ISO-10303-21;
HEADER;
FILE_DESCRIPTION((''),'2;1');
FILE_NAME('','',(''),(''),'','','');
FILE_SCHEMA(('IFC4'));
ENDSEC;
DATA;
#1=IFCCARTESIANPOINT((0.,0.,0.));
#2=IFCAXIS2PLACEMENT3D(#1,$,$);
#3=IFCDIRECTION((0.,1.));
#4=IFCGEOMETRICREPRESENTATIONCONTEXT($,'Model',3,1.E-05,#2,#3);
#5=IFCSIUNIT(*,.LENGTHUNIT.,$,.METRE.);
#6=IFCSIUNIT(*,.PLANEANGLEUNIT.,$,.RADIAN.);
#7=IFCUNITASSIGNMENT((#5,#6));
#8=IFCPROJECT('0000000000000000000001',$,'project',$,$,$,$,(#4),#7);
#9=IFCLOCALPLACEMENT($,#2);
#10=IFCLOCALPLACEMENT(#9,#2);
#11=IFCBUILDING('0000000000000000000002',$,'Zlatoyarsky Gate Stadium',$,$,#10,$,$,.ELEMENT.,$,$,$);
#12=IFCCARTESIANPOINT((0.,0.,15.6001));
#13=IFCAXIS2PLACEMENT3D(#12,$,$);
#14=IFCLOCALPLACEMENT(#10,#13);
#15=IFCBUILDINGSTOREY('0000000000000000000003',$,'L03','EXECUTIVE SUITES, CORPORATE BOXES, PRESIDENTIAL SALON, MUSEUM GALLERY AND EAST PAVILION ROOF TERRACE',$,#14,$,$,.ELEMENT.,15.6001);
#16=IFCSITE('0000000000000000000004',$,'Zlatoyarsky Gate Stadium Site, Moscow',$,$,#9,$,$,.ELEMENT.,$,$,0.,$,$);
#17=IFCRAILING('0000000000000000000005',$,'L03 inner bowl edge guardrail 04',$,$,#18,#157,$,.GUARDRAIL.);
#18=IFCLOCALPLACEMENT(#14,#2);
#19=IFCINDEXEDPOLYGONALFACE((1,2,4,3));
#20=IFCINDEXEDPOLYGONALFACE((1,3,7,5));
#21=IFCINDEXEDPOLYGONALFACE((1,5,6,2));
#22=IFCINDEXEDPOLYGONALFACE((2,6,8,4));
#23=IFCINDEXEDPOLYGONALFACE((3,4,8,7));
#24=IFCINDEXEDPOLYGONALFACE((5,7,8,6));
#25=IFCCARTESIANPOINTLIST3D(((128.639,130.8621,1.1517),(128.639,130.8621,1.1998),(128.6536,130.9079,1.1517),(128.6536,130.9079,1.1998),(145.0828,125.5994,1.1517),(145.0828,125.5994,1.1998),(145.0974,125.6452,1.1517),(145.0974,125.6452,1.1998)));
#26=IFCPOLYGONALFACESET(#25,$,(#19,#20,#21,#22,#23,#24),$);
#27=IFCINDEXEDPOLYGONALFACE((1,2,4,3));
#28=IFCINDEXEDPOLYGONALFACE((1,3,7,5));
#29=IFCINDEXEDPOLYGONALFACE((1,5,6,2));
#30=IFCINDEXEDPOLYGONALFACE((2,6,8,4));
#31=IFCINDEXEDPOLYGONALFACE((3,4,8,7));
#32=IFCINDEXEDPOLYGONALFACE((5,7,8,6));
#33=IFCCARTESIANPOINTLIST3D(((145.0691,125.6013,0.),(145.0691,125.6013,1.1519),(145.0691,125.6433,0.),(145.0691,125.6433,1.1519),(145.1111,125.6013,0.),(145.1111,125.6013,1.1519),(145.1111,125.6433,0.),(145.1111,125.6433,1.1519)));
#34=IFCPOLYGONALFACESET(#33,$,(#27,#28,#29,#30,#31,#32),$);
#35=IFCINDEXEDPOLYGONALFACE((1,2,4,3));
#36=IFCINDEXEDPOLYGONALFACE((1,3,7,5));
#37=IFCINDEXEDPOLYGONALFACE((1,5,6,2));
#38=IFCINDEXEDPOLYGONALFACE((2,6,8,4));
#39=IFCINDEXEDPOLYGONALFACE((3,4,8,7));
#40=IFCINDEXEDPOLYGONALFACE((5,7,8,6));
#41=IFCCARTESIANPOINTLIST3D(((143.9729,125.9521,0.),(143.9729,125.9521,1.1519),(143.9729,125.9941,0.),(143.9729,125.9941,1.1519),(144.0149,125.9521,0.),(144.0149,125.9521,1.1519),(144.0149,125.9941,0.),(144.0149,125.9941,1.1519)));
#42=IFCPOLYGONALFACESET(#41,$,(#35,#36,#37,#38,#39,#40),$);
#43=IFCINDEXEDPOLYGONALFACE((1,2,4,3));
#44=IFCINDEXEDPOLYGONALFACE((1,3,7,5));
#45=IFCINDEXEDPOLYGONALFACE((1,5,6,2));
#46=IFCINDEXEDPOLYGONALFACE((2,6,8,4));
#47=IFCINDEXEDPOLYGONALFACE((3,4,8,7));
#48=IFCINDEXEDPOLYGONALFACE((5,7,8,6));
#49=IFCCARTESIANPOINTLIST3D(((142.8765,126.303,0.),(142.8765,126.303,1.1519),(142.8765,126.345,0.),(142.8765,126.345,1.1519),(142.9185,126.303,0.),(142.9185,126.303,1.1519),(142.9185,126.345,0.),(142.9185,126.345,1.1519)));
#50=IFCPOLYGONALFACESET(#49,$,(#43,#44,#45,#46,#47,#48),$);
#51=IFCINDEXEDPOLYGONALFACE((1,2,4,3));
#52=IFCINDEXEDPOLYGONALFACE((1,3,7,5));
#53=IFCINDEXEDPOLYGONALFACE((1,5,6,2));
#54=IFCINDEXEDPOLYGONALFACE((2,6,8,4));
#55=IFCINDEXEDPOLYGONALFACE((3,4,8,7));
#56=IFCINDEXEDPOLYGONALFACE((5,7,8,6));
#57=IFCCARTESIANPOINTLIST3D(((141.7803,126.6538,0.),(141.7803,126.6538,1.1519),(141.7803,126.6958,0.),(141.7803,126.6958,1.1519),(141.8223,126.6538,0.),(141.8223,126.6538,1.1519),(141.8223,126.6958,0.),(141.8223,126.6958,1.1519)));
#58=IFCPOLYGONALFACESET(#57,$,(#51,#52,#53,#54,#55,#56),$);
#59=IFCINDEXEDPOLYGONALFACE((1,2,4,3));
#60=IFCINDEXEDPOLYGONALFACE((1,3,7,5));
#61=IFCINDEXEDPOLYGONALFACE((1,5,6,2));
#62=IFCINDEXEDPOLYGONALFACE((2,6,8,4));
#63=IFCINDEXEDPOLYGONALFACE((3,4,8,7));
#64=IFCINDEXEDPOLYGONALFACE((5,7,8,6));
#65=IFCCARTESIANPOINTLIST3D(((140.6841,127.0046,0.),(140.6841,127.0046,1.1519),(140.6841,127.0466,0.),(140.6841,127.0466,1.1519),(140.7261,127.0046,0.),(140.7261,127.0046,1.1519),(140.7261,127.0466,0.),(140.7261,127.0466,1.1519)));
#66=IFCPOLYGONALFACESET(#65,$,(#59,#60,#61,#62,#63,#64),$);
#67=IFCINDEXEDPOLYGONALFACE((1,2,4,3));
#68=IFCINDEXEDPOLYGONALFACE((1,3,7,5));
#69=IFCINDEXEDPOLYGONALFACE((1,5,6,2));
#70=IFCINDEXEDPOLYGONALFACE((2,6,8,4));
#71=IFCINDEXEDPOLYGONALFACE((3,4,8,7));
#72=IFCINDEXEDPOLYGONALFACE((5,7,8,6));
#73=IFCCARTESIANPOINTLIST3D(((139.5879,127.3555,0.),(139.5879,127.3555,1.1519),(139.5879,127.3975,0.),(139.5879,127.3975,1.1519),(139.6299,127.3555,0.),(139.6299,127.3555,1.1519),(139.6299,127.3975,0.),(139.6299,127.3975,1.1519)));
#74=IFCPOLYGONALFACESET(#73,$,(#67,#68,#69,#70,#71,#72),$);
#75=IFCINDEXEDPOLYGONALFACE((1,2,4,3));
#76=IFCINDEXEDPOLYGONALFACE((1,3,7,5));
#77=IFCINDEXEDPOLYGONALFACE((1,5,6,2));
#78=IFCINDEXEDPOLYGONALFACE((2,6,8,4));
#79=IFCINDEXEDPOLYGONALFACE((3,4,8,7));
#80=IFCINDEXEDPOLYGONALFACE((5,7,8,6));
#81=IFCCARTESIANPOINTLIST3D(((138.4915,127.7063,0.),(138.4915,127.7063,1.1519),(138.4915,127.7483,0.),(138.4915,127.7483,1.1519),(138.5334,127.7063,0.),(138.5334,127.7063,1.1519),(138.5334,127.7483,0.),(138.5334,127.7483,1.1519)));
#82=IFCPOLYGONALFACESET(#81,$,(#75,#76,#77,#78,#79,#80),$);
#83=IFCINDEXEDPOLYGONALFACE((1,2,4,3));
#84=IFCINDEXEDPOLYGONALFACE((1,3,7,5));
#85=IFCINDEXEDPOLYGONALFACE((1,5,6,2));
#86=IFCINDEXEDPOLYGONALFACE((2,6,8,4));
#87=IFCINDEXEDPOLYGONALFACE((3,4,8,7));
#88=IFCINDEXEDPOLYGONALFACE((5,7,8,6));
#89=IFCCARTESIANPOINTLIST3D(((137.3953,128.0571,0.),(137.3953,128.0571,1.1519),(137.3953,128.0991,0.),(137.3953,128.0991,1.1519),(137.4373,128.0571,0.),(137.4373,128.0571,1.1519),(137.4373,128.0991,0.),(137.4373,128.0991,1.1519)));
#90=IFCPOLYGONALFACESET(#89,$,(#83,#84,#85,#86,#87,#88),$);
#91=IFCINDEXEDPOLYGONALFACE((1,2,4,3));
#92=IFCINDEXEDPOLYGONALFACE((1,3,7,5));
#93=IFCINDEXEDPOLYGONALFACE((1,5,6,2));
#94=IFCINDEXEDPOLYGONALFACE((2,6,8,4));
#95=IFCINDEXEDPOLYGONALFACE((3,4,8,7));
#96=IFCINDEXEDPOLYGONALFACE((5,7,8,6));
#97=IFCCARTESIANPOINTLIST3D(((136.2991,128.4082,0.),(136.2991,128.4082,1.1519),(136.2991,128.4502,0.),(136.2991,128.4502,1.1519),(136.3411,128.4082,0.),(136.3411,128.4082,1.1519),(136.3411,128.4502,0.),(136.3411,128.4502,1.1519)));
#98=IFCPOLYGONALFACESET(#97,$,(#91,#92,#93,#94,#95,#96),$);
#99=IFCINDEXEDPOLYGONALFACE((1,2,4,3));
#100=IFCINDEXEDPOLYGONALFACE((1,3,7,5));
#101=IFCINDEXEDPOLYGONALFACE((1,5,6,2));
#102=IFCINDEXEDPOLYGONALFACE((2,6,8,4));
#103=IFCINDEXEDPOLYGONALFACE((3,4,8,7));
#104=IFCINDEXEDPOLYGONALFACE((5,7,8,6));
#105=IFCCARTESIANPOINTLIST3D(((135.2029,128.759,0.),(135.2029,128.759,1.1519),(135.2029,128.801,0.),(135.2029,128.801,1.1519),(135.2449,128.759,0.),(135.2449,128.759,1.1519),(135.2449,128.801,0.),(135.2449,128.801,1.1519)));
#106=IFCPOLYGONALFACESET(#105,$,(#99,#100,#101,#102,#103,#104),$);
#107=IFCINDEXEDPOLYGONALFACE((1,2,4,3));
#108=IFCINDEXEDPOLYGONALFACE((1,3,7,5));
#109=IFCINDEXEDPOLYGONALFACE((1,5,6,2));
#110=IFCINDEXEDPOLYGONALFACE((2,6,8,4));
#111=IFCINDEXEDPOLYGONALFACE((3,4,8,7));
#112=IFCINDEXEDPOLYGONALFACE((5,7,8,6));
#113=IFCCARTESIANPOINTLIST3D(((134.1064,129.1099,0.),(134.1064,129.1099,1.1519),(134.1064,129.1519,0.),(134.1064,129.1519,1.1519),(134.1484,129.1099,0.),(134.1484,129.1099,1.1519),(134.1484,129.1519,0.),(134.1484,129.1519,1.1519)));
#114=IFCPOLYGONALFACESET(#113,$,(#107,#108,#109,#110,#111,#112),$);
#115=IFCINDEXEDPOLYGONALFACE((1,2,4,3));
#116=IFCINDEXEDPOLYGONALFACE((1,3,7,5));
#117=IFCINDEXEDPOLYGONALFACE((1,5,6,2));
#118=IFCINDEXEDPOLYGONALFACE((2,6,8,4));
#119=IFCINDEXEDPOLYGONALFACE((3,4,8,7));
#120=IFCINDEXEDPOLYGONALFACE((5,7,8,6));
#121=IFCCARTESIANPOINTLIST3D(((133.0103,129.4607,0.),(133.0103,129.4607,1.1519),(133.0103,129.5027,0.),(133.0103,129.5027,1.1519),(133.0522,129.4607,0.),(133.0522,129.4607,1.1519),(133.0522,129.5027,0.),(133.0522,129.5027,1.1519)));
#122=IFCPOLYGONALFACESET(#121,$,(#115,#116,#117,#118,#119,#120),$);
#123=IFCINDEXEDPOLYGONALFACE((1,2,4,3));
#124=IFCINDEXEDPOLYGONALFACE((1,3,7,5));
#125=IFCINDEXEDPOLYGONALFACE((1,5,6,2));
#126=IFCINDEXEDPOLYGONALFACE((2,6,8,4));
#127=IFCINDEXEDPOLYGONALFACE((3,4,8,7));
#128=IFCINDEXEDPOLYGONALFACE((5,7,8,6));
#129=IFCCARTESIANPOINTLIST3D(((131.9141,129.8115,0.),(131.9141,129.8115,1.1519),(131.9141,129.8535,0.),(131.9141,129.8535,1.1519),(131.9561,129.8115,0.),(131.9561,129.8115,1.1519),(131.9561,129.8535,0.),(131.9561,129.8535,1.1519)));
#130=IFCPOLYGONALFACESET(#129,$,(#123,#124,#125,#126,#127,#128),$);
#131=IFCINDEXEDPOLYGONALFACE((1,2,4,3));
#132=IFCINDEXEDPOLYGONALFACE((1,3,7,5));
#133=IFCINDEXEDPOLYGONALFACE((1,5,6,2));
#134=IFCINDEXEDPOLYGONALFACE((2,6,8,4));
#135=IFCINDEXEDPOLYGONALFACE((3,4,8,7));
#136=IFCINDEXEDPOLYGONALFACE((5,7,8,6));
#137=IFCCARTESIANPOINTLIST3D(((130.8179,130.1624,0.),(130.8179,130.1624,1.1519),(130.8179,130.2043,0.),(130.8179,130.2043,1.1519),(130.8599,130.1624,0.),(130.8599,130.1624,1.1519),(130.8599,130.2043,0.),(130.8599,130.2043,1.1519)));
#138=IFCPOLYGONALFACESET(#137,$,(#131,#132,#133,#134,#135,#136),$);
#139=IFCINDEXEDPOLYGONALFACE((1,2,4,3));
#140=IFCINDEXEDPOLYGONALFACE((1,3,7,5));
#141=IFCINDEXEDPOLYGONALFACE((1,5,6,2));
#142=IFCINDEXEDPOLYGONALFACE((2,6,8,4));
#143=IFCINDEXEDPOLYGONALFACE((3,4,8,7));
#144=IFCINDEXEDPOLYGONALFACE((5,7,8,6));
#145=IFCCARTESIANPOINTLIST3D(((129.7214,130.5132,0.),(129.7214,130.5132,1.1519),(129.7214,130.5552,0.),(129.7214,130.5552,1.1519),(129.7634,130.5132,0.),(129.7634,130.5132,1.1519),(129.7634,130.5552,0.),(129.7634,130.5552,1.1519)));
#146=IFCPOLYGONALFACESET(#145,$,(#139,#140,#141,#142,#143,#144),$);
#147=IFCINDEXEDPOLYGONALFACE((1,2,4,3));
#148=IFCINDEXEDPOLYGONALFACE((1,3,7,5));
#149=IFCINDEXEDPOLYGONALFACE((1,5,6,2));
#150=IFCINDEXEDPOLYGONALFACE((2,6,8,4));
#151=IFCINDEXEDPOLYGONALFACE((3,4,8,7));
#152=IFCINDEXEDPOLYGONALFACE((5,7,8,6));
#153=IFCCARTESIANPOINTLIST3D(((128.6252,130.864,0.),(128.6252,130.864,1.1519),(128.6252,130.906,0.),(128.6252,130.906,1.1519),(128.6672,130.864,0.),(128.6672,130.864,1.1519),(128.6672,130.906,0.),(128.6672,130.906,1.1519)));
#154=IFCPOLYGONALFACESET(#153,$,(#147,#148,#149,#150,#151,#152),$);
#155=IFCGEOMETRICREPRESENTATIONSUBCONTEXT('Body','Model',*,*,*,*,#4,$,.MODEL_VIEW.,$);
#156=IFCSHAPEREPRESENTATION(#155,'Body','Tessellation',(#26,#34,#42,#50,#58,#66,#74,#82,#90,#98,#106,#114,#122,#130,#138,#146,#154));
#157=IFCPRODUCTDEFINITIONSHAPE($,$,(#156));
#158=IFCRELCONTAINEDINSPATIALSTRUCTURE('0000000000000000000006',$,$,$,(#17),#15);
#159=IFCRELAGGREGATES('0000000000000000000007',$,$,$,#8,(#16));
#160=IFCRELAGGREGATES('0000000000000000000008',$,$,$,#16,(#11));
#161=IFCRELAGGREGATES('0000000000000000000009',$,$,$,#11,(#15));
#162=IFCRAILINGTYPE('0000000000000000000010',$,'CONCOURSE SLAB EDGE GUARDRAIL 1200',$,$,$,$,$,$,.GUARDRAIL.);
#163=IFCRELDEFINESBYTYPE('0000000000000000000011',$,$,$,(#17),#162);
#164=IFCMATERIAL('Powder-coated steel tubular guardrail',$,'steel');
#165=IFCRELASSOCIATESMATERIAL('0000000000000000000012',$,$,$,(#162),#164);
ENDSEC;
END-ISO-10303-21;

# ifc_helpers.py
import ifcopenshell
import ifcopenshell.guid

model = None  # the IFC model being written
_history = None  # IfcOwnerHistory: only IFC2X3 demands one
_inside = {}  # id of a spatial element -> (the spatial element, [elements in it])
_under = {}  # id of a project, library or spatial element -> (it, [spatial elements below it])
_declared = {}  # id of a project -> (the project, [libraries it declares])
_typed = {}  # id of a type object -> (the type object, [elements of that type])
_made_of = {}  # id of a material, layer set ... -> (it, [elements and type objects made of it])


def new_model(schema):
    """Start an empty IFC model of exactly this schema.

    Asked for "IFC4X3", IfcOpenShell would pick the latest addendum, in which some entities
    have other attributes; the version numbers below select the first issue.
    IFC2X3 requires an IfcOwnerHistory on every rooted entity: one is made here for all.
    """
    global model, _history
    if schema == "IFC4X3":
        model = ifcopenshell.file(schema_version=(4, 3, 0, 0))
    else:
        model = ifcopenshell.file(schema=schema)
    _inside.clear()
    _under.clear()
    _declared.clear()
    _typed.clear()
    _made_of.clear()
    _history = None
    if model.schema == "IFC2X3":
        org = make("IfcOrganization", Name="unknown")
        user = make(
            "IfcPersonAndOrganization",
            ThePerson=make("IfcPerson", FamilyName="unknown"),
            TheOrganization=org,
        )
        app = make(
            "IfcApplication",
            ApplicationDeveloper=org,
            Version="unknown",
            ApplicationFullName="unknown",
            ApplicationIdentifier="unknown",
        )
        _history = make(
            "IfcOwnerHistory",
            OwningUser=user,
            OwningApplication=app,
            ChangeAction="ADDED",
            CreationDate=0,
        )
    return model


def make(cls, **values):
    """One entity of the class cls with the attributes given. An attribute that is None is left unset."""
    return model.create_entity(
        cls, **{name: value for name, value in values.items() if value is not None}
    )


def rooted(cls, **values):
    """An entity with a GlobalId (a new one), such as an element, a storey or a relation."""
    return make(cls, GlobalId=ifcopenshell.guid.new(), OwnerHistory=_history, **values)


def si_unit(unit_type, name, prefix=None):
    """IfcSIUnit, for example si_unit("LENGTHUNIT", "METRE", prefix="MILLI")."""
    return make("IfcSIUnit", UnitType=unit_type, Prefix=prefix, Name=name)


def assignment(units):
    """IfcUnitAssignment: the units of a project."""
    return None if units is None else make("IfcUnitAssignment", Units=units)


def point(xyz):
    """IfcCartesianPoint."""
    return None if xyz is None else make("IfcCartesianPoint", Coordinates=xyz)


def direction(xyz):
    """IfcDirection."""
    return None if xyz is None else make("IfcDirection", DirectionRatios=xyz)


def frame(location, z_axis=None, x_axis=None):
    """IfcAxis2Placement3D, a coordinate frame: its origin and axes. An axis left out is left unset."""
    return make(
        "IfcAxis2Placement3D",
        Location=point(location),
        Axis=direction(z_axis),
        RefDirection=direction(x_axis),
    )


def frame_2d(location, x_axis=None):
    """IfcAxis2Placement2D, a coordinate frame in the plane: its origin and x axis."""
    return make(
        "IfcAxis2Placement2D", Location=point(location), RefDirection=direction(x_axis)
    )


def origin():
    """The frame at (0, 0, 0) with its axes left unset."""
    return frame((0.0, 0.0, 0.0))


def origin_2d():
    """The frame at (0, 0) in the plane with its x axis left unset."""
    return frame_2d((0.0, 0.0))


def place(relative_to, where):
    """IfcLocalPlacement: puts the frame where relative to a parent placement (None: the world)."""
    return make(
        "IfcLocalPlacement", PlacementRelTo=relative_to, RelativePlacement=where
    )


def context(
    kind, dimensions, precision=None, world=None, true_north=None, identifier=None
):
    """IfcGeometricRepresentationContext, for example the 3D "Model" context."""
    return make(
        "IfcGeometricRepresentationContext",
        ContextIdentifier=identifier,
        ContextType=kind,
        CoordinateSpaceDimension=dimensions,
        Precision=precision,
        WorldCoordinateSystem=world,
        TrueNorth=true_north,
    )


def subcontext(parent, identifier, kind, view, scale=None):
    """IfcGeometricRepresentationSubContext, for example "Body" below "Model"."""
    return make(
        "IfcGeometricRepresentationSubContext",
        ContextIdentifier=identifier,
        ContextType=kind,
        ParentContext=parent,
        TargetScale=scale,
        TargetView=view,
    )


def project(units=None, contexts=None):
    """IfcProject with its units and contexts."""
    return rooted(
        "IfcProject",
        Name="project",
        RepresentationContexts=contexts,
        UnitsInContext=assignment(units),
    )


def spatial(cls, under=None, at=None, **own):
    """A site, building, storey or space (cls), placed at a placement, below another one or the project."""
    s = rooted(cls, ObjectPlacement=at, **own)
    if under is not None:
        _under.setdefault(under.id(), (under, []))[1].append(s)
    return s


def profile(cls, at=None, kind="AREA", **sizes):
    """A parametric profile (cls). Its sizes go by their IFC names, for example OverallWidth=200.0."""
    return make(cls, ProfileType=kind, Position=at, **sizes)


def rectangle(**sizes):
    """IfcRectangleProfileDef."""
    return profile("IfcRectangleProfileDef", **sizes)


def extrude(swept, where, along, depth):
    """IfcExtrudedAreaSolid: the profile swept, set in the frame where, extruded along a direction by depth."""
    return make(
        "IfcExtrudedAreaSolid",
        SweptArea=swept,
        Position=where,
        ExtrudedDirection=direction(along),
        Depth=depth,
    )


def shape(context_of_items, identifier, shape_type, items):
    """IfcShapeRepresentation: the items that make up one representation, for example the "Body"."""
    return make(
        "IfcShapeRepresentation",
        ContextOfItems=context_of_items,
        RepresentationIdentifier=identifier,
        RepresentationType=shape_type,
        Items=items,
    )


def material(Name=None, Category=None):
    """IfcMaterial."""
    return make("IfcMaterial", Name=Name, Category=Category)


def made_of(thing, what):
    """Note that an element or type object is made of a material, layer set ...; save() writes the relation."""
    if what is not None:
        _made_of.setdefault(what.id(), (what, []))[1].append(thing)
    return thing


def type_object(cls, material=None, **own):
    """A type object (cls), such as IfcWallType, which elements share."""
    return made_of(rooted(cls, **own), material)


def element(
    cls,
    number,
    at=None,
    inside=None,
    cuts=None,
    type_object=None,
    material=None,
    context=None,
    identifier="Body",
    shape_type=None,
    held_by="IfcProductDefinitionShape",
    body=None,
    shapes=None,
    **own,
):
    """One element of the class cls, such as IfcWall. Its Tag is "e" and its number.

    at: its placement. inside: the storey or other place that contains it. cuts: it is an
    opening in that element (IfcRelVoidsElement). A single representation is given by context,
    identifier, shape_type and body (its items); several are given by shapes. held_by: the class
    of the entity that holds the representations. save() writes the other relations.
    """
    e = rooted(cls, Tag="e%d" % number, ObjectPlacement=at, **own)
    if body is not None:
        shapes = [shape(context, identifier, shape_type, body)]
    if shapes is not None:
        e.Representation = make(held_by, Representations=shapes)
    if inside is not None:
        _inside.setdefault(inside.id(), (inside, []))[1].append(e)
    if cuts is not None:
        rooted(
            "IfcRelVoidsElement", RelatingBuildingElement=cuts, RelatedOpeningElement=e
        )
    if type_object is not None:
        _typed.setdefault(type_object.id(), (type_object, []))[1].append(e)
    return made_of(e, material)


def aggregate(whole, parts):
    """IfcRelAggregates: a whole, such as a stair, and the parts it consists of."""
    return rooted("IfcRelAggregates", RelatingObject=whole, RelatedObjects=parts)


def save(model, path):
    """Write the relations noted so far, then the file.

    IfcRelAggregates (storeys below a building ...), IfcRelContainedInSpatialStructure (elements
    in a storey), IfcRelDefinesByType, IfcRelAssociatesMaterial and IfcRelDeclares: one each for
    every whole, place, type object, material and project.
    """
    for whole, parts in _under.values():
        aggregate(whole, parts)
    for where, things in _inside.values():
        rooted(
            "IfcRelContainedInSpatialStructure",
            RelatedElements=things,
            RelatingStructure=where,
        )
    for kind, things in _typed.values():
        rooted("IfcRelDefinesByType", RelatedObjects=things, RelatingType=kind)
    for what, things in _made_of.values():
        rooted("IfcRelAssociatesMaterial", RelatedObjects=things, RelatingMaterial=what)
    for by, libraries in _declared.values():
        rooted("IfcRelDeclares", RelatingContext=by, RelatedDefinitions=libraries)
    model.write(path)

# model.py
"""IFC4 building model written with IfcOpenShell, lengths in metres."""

from ifc_helpers import new_model, si_unit, direction, frame, origin, origin_2d, place, context, subcontext, project, spatial, rectangle, extrude, material, type_object, element, save


model = new_model("IFC4")

# Units and contexts
model_context = context("Model", 3, precision=1e-05, world=origin(), true_north=direction((0.0, 1.0)))
body_context = subcontext(model_context, "Body", "Model", "MODEL_VIEW")
ifc_project = project(units=[si_unit("LENGTHUNIT", "METRE"), si_unit("PLANEANGLEUNIT", "RADIAN")], contexts=[model_context])

# Site, building, storey
site_placement = place(None, origin())
site = spatial("IfcSite", under=ifc_project, at=site_placement, Name="Zlatoyarsky Gate Stadium Site, Moscow", CompositionType="ELEMENT", RefElevation=0.0)
building_placement = place(site_placement, origin())
building = spatial("IfcBuilding", under=site, at=building_placement, Name="Zlatoyarsky Gate Stadium", CompositionType="ELEMENT")
storey_placement = place(building_placement, frame((0.0, 0.0, 15.6001)))
storey = spatial("IfcBuildingStorey", under=building, at=storey_placement, Name="L03", Description="EXECUTIVE SUITES, CORPORATE BOXES, PRESIDENTIAL SALON, MUSEUM GALLERY AND EAST PAVILION ROOF TERRACE", CompositionType="ELEMENT", Elevation=15.6001)

# Railing
ifc_material_1 = material(Name="Powder-coated steel tubular guardrail", Category="steel")
railing_type = type_object("IfcRailingType", Name="CONCOURSE SLAB EDGE GUARDRAIL 1200", PredefinedType="GUARDRAIL", material=ifc_material_1)
railing_1_placement = place(storey_placement, frame((145.0901, 125.6223, 0.0)))
element("IfcRailing", 1, at=railing_1_placement, inside=storey, type_object=railing_type, Name="L03 inner bowl edge guardrail 04", PredefinedType="GUARDRAIL", context=body_context, shape_type="SweptSolid", body=[
    extrude(rectangle(XDim=0.0481, YDim=0.0481, at=origin_2d()), frame((0.0, 0.0, 1.1758), z_axis=(-0.952413, 0.304811, 0.0), x_axis=(-0.304811, -0.952413, 0.0)), (0.0, 0.0, 1.0), 17.2654),
    extrude(rectangle(XDim=0.042, YDim=0.042, at=origin_2d()), origin(), (0.0, 0.0, 1.0), 1.1519),
    extrude(rectangle(XDim=0.042, YDim=0.042, at=origin_2d()), frame((-1.0962, 0.3508, 0.0)), (0.0, 0.0, 1.0), 1.1519),
    extrude(rectangle(XDim=0.042, YDim=0.042, at=origin_2d()), frame((-2.1926, 0.7017, 0.0)), (0.0, 0.0, 1.0), 1.1519),
    extrude(rectangle(XDim=0.042, YDim=0.042, at=origin_2d()), frame((-3.2888, 1.0525, 0.0)), (0.0, 0.0, 1.0), 1.1519),
    extrude(rectangle(XDim=0.042, YDim=0.042, at=origin_2d()), frame((-4.385, 1.4033, 0.0)), (0.0, 0.0, 1.0), 1.1519),
    extrude(rectangle(XDim=0.042, YDim=0.042, at=origin_2d()), frame((-5.4812, 1.7542, 0.0)), (0.0, 0.0, 1.0), 1.1519),
    extrude(rectangle(XDim=0.042, YDim=0.042, at=origin_2d()), frame((-6.5776, 2.105, 0.0)), (0.0, 0.0, 1.0), 1.1519),
    extrude(rectangle(XDim=0.042, YDim=0.042, at=origin_2d()), frame((-7.6738, 2.4558, 0.0)), (0.0, 0.0, 1.0), 1.1519),
    extrude(rectangle(XDim=0.042, YDim=0.042, at=origin_2d()), frame((-8.77, 2.8069, 0.0)), (0.0, 0.0, 1.0), 1.1519),
    extrude(rectangle(XDim=0.042, YDim=0.042, at=origin_2d()), frame((-9.8662, 3.1577, 0.0)), (0.0, 0.0, 1.0), 1.1519),
    extrude(rectangle(XDim=0.042, YDim=0.042, at=origin_2d()), frame((-10.9626, 3.5085, 0.0)), (0.0, 0.0, 1.0), 1.1519),
    extrude(rectangle(XDim=0.042, YDim=0.042, at=origin_2d()), frame((-12.0588, 3.8594, 0.0)), (0.0, 0.0, 1.0), 1.1519),
    extrude(rectangle(XDim=0.042, YDim=0.042, at=origin_2d()), frame((-13.155, 4.2102, 0.0)), (0.0, 0.0, 1.0), 1.1519),
    extrude(rectangle(XDim=0.042, YDim=0.042, at=origin_2d()), frame((-14.2512, 4.561, 0.0)), (0.0, 0.0, 1.0), 1.1519),
    extrude(rectangle(XDim=0.042, YDim=0.042, at=origin_2d()), frame((-15.3477, 4.9119, 0.0)), (0.0, 0.0, 1.0), 1.1519),
    extrude(rectangle(XDim=0.042, YDim=0.042, at=origin_2d()), frame((-16.4438, 5.2627, 0.0)), (0.0, 0.0, 1.0), 1.1519),
])

save(model, "model.ifc")
